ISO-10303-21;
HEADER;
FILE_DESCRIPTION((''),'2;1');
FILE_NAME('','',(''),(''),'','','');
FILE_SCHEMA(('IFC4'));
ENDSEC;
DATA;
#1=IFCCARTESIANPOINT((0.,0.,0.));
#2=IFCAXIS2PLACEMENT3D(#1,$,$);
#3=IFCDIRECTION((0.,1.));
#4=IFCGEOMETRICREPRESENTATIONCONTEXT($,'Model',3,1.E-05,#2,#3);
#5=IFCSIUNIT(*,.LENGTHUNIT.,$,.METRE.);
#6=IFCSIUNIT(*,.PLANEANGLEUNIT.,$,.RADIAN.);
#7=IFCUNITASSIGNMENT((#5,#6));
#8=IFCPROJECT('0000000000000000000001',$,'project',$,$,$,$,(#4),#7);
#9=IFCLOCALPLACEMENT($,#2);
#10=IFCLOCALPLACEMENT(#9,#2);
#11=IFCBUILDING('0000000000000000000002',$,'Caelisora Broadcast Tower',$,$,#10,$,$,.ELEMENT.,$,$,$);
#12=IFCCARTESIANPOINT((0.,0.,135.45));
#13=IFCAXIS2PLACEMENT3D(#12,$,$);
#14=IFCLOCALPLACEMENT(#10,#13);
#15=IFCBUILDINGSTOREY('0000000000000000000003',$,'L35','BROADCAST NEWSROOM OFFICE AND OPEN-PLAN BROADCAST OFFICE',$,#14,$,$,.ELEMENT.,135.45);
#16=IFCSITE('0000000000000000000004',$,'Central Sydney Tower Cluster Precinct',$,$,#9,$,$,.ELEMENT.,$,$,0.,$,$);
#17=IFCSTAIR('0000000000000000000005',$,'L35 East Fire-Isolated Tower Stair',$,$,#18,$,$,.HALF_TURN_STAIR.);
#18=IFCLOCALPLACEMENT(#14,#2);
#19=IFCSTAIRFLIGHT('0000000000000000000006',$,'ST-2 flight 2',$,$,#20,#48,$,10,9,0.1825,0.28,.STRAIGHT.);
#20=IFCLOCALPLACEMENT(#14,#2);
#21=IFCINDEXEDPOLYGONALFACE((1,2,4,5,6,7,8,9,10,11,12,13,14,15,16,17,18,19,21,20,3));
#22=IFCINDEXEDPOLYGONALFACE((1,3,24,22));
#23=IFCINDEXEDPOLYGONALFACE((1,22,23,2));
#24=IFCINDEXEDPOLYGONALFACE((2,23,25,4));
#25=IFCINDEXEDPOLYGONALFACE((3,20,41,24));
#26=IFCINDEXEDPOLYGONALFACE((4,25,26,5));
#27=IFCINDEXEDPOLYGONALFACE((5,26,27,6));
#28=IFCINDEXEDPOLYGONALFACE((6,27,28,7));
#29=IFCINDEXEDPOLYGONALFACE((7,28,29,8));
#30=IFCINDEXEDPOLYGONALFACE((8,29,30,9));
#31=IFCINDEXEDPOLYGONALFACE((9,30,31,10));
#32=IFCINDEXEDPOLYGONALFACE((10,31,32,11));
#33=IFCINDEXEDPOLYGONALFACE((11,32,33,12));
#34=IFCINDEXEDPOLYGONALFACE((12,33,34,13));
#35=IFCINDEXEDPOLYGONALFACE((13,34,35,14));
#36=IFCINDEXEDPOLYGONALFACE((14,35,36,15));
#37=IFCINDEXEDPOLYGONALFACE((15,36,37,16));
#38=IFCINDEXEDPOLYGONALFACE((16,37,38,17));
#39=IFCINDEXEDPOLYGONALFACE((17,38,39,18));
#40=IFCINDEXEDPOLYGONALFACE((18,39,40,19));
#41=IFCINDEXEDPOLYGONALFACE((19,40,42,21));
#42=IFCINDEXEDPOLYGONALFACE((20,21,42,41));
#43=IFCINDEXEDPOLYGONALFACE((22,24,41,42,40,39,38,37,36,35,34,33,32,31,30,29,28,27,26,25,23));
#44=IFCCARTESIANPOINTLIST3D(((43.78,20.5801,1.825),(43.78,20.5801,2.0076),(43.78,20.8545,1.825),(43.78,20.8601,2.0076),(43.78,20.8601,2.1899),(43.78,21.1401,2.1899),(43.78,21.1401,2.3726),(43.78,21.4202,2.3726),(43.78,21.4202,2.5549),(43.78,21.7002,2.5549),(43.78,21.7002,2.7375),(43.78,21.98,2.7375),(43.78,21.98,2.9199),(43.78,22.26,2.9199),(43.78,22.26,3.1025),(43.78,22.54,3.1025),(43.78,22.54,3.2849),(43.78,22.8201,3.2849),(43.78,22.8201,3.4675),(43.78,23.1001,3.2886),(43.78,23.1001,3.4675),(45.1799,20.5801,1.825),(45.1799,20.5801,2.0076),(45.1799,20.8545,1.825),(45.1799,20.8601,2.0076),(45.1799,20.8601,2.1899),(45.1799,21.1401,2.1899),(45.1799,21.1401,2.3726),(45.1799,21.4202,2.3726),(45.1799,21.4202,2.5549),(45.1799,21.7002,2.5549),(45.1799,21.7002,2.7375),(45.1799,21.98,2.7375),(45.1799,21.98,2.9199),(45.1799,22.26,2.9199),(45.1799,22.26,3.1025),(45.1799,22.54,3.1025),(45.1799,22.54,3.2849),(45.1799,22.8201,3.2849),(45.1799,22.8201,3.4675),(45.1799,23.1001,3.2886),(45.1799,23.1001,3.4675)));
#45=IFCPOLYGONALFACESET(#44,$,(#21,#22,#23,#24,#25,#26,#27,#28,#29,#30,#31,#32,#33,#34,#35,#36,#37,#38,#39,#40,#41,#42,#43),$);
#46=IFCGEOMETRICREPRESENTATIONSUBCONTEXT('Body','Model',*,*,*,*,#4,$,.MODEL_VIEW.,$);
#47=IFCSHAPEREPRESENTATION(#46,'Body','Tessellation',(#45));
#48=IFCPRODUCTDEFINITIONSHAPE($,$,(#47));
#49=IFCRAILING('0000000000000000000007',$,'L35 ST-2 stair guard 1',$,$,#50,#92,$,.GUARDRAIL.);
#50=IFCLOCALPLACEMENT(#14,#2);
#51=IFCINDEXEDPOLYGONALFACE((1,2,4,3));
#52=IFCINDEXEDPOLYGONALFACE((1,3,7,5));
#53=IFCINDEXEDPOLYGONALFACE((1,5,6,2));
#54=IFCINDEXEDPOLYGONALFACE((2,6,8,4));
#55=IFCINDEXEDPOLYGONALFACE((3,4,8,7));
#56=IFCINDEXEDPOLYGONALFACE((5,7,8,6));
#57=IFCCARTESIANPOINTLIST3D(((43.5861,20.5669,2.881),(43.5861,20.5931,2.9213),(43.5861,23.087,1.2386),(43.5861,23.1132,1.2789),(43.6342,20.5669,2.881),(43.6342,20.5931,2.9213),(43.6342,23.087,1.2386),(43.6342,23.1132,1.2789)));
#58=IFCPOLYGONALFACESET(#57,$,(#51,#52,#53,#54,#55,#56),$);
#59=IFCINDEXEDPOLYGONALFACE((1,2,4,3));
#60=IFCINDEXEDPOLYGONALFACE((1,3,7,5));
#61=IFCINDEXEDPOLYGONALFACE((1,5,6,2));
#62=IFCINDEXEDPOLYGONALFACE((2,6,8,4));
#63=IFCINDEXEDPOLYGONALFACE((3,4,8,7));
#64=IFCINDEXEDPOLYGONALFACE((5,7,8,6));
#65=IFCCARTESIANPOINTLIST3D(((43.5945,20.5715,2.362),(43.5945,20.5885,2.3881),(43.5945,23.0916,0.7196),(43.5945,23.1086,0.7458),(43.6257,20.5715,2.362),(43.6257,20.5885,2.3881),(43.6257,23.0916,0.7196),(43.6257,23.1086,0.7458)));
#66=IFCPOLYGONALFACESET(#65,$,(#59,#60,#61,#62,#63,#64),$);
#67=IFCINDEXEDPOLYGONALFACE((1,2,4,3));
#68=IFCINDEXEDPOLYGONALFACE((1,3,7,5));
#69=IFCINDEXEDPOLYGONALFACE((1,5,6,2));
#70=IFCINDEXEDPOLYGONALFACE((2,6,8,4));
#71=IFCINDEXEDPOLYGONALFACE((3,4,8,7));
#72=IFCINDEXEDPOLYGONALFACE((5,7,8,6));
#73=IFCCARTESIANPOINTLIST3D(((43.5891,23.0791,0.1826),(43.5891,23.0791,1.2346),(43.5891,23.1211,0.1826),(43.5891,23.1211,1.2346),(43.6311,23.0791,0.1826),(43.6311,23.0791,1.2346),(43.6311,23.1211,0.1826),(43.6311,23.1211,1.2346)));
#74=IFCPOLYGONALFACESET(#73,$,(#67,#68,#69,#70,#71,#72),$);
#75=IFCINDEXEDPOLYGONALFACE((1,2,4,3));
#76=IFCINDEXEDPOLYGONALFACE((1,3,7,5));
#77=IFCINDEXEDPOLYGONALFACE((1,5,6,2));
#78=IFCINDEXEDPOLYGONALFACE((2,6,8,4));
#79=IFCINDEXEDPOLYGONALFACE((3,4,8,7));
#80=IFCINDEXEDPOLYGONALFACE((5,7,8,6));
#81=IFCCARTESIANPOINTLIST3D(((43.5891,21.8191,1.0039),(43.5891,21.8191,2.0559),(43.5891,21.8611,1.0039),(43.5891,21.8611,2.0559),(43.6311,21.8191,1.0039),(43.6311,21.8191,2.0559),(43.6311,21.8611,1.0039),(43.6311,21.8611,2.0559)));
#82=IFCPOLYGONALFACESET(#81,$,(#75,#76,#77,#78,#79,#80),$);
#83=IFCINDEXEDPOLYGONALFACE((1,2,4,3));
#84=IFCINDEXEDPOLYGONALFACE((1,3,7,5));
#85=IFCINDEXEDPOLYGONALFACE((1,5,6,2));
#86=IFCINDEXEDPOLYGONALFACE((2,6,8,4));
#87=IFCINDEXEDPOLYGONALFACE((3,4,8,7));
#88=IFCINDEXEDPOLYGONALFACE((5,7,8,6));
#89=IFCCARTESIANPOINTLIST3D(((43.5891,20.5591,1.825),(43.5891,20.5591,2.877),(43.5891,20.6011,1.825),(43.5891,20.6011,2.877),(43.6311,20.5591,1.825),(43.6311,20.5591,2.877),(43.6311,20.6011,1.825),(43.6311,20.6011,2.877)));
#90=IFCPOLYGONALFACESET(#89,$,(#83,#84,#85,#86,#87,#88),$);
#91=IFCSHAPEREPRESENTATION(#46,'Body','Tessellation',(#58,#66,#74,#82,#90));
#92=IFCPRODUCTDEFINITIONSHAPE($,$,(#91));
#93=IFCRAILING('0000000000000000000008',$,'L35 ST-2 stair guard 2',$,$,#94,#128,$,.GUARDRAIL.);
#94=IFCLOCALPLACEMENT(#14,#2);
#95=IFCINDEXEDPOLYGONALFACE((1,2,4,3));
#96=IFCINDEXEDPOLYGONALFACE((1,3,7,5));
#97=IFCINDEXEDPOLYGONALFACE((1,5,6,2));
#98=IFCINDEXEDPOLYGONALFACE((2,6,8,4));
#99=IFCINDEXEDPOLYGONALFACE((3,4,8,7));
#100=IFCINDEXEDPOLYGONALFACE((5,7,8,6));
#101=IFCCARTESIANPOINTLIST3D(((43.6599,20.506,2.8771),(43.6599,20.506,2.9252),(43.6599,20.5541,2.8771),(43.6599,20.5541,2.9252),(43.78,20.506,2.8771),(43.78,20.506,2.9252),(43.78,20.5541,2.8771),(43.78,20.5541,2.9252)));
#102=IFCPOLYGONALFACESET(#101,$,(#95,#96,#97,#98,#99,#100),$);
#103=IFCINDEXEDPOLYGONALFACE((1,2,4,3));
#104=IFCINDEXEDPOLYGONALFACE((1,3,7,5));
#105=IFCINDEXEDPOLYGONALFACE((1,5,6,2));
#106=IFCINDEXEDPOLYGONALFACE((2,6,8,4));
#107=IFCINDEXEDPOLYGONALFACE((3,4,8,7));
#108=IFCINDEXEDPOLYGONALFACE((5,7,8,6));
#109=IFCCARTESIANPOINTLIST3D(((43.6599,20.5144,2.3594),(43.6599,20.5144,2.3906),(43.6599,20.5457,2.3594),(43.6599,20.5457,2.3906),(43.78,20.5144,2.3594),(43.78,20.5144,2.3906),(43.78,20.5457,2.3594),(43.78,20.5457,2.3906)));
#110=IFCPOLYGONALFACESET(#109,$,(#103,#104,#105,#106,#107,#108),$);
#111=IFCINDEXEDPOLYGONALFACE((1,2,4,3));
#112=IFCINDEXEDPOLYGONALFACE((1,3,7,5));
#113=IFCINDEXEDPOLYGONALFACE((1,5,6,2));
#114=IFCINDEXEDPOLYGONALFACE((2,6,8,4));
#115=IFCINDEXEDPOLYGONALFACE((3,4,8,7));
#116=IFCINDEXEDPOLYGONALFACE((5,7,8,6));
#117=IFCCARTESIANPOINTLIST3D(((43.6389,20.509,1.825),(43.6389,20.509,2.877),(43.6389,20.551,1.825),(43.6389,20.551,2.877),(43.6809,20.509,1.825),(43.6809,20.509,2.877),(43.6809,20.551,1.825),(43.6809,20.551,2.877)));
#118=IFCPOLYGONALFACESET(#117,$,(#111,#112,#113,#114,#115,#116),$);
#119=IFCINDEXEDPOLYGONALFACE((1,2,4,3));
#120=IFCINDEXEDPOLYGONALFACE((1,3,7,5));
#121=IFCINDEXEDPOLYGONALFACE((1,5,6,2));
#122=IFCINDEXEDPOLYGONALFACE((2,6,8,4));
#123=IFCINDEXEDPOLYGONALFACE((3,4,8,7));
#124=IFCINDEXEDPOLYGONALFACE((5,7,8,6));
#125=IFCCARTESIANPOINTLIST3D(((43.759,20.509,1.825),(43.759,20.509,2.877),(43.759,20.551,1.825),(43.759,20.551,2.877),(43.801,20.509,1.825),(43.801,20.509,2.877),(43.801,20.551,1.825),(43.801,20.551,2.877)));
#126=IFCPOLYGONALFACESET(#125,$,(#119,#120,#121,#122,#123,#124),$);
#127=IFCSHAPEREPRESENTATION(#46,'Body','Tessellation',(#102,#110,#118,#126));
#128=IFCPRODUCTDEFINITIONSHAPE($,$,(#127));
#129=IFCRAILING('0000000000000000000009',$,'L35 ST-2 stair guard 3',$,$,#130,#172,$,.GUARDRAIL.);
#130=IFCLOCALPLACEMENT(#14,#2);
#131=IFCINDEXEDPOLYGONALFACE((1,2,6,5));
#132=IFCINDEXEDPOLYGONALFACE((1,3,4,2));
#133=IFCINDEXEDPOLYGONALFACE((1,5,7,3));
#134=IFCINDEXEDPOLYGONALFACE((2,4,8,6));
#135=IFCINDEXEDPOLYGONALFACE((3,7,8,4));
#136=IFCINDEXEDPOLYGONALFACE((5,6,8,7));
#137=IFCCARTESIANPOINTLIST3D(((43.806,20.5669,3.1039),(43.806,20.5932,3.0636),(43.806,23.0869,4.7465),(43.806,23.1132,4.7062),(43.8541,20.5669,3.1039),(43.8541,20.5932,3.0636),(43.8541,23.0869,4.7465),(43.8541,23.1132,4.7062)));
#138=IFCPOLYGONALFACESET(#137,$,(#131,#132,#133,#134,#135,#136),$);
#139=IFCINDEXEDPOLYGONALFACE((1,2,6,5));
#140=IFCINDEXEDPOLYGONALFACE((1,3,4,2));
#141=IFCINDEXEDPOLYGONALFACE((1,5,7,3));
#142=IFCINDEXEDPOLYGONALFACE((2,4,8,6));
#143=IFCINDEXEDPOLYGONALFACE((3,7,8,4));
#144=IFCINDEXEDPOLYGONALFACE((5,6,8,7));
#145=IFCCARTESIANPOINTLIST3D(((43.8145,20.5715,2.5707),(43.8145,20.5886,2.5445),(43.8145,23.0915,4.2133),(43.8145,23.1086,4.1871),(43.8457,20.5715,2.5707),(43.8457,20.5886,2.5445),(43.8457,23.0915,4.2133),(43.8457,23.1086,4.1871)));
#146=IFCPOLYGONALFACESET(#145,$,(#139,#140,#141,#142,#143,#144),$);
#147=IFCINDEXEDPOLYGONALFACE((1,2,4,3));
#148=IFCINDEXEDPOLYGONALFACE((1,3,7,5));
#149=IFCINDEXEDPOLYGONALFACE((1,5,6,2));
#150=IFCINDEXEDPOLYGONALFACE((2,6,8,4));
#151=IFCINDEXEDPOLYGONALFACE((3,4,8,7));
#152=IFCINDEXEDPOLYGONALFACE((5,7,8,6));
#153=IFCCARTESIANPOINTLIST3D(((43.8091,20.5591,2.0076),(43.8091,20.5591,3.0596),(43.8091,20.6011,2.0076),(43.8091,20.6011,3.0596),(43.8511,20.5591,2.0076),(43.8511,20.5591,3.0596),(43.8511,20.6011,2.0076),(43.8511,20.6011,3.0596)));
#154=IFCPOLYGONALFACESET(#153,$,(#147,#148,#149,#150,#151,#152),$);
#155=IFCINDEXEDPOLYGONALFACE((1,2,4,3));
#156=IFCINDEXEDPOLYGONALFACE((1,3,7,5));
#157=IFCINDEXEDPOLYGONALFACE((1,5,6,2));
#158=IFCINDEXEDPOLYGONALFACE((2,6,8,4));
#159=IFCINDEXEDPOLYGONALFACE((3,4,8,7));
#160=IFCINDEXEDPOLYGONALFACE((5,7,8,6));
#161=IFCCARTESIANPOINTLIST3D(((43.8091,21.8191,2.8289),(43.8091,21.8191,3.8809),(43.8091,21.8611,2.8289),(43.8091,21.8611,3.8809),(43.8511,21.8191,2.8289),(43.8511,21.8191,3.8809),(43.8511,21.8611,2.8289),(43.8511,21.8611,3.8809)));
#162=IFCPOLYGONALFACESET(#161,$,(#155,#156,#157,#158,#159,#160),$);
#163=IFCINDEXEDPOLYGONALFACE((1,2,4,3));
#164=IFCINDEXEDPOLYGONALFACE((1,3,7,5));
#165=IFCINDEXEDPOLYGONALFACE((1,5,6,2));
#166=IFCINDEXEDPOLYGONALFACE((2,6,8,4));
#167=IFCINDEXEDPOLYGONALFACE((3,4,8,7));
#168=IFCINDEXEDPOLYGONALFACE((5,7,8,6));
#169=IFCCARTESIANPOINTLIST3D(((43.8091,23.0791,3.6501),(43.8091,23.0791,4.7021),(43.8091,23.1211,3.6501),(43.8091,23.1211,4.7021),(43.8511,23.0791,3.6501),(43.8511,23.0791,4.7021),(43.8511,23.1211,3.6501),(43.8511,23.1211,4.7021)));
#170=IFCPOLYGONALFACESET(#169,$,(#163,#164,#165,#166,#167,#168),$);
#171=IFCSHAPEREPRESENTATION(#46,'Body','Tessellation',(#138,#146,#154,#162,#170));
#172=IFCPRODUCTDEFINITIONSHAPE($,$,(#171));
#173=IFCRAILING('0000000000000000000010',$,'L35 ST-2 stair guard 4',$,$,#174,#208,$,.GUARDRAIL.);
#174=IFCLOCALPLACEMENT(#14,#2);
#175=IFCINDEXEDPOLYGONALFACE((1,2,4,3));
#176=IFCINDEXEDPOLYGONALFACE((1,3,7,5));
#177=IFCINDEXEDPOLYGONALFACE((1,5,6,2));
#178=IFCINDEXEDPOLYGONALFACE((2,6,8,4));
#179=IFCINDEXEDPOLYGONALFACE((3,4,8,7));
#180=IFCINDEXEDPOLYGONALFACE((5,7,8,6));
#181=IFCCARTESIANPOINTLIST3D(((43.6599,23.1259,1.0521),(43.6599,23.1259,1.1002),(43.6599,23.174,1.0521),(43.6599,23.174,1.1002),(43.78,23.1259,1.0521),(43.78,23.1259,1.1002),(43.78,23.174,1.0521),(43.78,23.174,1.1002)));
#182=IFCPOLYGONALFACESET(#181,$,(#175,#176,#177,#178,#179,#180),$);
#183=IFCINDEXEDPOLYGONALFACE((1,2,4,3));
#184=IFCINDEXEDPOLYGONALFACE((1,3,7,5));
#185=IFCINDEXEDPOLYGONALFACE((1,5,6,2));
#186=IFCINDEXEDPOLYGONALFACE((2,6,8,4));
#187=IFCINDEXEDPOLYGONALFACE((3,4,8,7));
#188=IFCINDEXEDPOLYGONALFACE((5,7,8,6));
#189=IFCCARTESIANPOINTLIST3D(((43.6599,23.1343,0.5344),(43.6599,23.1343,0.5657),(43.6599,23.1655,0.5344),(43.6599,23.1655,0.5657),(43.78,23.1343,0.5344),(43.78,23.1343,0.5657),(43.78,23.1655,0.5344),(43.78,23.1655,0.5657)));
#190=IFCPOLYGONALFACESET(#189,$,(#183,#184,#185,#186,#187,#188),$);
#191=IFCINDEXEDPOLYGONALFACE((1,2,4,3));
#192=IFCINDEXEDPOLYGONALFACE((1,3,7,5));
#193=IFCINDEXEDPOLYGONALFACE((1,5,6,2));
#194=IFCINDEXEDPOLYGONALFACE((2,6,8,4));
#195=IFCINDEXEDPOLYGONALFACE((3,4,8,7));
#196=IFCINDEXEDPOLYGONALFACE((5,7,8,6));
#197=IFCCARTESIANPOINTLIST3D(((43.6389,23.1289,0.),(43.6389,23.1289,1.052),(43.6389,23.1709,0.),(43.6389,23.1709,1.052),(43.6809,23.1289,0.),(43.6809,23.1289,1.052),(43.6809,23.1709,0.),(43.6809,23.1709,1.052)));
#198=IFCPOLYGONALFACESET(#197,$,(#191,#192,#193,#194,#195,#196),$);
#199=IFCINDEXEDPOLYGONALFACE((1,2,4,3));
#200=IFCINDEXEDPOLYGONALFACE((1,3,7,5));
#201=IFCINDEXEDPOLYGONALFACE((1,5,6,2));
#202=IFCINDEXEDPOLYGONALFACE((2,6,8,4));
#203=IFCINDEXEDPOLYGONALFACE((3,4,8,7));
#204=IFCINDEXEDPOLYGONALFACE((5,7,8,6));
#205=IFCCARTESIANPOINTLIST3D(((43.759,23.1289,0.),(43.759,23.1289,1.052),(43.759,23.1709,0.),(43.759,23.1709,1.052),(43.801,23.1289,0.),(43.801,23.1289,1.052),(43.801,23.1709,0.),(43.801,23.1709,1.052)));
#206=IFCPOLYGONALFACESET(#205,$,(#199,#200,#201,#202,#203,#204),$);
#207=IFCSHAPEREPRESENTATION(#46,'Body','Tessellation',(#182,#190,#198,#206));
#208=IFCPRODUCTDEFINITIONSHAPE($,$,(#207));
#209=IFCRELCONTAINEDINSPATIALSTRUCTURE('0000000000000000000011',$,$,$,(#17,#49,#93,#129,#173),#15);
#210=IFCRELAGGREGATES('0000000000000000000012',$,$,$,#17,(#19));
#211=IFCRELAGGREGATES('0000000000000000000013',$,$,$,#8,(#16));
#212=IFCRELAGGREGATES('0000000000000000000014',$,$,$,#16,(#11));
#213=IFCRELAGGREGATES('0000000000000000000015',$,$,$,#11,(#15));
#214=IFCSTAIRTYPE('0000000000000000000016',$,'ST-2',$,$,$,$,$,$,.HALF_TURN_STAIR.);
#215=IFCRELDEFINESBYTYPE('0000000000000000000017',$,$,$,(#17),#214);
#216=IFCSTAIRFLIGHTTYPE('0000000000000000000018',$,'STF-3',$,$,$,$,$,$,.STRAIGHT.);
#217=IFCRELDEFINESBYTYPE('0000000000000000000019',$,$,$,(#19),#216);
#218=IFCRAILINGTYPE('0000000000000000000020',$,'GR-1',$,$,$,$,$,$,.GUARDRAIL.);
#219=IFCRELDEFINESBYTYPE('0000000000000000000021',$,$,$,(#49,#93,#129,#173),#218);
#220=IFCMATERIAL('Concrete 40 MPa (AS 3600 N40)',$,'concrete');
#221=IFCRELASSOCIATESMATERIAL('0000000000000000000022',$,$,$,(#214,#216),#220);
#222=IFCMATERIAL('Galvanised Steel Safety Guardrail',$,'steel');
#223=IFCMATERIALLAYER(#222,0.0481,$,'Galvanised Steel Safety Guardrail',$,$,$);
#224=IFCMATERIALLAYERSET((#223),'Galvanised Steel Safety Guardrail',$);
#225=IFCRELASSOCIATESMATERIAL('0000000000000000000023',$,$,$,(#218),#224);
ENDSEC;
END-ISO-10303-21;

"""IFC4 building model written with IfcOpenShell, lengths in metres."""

from ifc_helpers import new_model, si_unit, direction, frame, origin, origin_2d, place, context, subcontext, project, spatial, polyline, rectangle, outline, extrude, material, layer, layer_set, type_object, element, aggregate, save


model = new_model("IFC4")

# Units and contexts
model_context = context("Model", 3, precision=1e-05, world=origin(), true_north=direction((0.0, 1.0)))
body_context = subcontext(model_context, "Body", "Model", "MODEL_VIEW")
ifc_project = project(units=[si_unit("LENGTHUNIT", "METRE"), si_unit("PLANEANGLEUNIT", "RADIAN")], contexts=[model_context])

# Site, building, storey
site_placement = place(None, origin())
site = spatial("IfcSite", under=ifc_project, at=site_placement, Name="Central Sydney Tower Cluster Precinct", CompositionType="ELEMENT", RefElevation=0.0)
building_placement = place(site_placement, origin())
building = spatial("IfcBuilding", under=site, at=building_placement, Name="Caelisora Broadcast Tower", CompositionType="ELEMENT")
storey_placement = place(building_placement, frame((0.0, 0.0, 135.45)))
storey = spatial("IfcBuildingStorey", under=building, at=storey_placement, Name="L35", Description="BROADCAST NEWSROOM OFFICE AND OPEN-PLAN BROADCAST OFFICE", CompositionType="ELEMENT", Elevation=135.45)

# Stair, stair flight
ifc_material_1 = material(Name="Concrete 40 MPa (AS 3600 N40)", Category="concrete")
stair_type = type_object("IfcStairType", Name="ST-2", PredefinedType="HALF_TURN_STAIR", material=ifc_material_1)
stair_placement = place(storey_placement, origin())
stair = element("IfcStair", 1, at=stair_placement, inside=storey, type_object=stair_type, Name="L35 East Fire-Isolated Tower Stair", PredefinedType="HALF_TURN_STAIR")
stair_flight_type = type_object("IfcStairFlightType", Name="STF-3", PredefinedType="STRAIGHT", material=ifc_material_1)
stair_flight_1_placement = place(storey_placement, frame((44.48, 20.5801, 1.825), z_axis=(0.0, 0.0, 1.0), x_axis=(0.0, 1.0, 0.0)))
stair_flight_1 = element("IfcStairFlight", 2, at=stair_flight_1_placement, type_object=stair_flight_type, Name="ST-2 flight 2", NumberOfRisers=10, NumberOfTreads=9, PredefinedType="STRAIGHT", RiserHeight=0.1825, TreadLength=0.28, context=body_context, shape_type="SweptSolid", body=[
    extrude(outline(polyline([(0.0, 0.0), (0.0, 0.1826), (0.28, 0.1826), (0.28, 0.365), (0.5601, 0.365), (0.5601, 0.5476), (0.8401, 0.5476), (0.8401, 0.73), (1.1201, 0.73), (1.1201, 0.9126), (1.3999, 0.9126), (1.3999, 1.095), (1.6799, 1.095), (1.6799, 1.2776), (1.96, 1.2776), (1.96, 1.46), (2.24, 1.46), (2.24, 1.6426), (2.52, 1.6426), (2.52, 1.825), (2.52, 1.4636), (0.2744, 0.0), (0.0, 0.0)])), frame((0.0, 0.7, 0.0), z_axis=(0.0, -1.0, 0.0), x_axis=(1.0, 0.0, 0.0)), (0.0, 0.0, 1.0), 1.3999),
])
aggregate(stair, [stair_flight_1])

# Railings
ifc_material_2 = material(Name="Galvanised Steel Safety Guardrail", Category="steel")
ifc_layer_1 = layer(ifc_material_2, 0.0481, Name="Galvanised Steel Safety Guardrail")
ifc_layer_set_1 = layer_set([ifc_layer_1], Name="Galvanised Steel Safety Guardrail")
railing_type_1 = type_object("IfcRailingType", Name="GR-1", PredefinedType="GUARDRAIL", material=ifc_layer_set_1)
railing_1_placement = place(storey_placement, frame((43.6101, 23.1001, 0.1826)))
element("IfcRailing", 3, at=railing_1_placement, inside=storey, type_object=railing_type_1, Name="L35 ST-2 stair guard 1", PredefinedType="GUARDRAIL", context=body_context, shape_type="SweptSolid", body=[
    extrude(rectangle(XDim=0.0481, YDim=0.0481, at=origin_2d()), frame((0.0, 0.0, 1.0762), z_axis=(0.0, -0.837787, 0.545998), x_axis=(1.0, 0.0, 0.0)), (0.0, 0.0, 1.0), 3.0081),
    extrude(rectangle(XDim=0.0312, YDim=0.0312, at=origin_2d()), frame((0.0, 0.0, 0.55), z_axis=(0.0, -0.837787, 0.545998), x_axis=(1.0, 0.0, 0.0)), (0.0, 0.0, 1.0), 3.0081),
    extrude(rectangle(XDim=0.042, YDim=0.042, at=origin_2d()), origin(), (0.0, 0.0, 1.0), 1.052),
    extrude(rectangle(XDim=0.042, YDim=0.042, at=origin_2d()), frame((0.0, -1.26, 0.8213)), (0.0, 0.0, 1.0), 1.052),
    extrude(rectangle(XDim=0.042, YDim=0.042, at=origin_2d()), frame((0.0, -2.52, 1.6423)), (0.0, 0.0, 1.0), 1.052),
])
railing_2_placement = place(storey_placement, frame((43.6599, 20.53, 1.825)))
element("IfcRailing", 4, at=railing_2_placement, inside=storey, type_object=railing_type_1, Name="L35 ST-2 stair guard 2", PredefinedType="GUARDRAIL", context=body_context, shape_type="SweptSolid", body=[
    extrude(rectangle(XDim=0.0481, YDim=0.0481, at=origin_2d()), frame((0.0, 0.0, 1.0762), z_axis=(1.0, 0.0, 0.0), x_axis=(0.0, 1.0, 0.0)), (0.0, 0.0, 1.0), 0.1201),
    extrude(rectangle(XDim=0.0312, YDim=0.0312, at=origin_2d()), frame((0.0, 0.0, 0.55), z_axis=(1.0, 0.0, 0.0), x_axis=(0.0, 1.0, 0.0)), (0.0, 0.0, 1.0), 0.1201),
    extrude(rectangle(XDim=0.042, YDim=0.042, at=origin_2d()), origin(), (0.0, 0.0, 1.0), 1.052),
    extrude(rectangle(XDim=0.042, YDim=0.042, at=origin_2d()), frame((0.1201, 0.0, 0.0)), (0.0, 0.0, 1.0), 1.052),
])
railing_3_placement = place(storey_placement, frame((43.8301, 20.5801, 2.0076)))
element("IfcRailing", 5, at=railing_3_placement, inside=storey, type_object=railing_type_1, Name="L35 ST-2 stair guard 3", PredefinedType="GUARDRAIL", context=body_context, shape_type="SweptSolid", body=[
    extrude(rectangle(XDim=0.0481, YDim=0.0481, at=origin_2d()), frame((0.0, 0.0, 1.0762), z_axis=(0.0, 0.837749, 0.546055), x_axis=(-1.0, 0.0, 0.0)), (0.0, 0.0, 1.0), 3.0081),
    extrude(rectangle(XDim=0.0312, YDim=0.0312, at=origin_2d()), frame((0.0, 0.0, 0.55), z_axis=(0.0, 0.837749, 0.546055), x_axis=(-1.0, 0.0, 0.0)), (0.0, 0.0, 1.0), 3.0081),
    extrude(rectangle(XDim=0.042, YDim=0.042, at=origin_2d()), origin(), (0.0, 0.0, 1.0), 1.052),
    extrude(rectangle(XDim=0.042, YDim=0.042, at=origin_2d()), frame((0.0, 1.26, 0.8213)), (0.0, 0.0, 1.0), 1.052),
    extrude(rectangle(XDim=0.042, YDim=0.042, at=origin_2d()), frame((0.0, 2.52, 1.6426)), (0.0, 0.0, 1.0), 1.052),
])
railing_4_placement = place(storey_placement, frame((43.6599, 23.1499, 0.0)))
element("IfcRailing", 6, at=railing_4_placement, inside=storey, type_object=railing_type_1, Name="L35 ST-2 stair guard 4", PredefinedType="GUARDRAIL", context=body_context, shape_type="SweptSolid", body=[
    extrude(rectangle(XDim=0.0481, YDim=0.0481, at=origin_2d()), frame((0.0, 0.0, 1.0762), z_axis=(1.0, 0.0, 0.0), x_axis=(0.0, 1.0, 0.0)), (0.0, 0.0, 1.0), 0.1201),
    extrude(rectangle(XDim=0.0312, YDim=0.0312, at=origin_2d()), frame((0.0, 0.0, 0.55), z_axis=(1.0, 0.0, 0.0), x_axis=(0.0, 1.0, 0.0)), (0.0, 0.0, 1.0), 0.1201),
    extrude(rectangle(XDim=0.042, YDim=0.042, at=origin_2d()), origin(), (0.0, 0.0, 1.0), 1.052),
    extrude(rectangle(XDim=0.042, YDim=0.042, at=origin_2d()), frame((0.1201, 0.0, 0.0)), (0.0, 0.0, 1.0), 1.052),
])

save(model, "model.ifc")
